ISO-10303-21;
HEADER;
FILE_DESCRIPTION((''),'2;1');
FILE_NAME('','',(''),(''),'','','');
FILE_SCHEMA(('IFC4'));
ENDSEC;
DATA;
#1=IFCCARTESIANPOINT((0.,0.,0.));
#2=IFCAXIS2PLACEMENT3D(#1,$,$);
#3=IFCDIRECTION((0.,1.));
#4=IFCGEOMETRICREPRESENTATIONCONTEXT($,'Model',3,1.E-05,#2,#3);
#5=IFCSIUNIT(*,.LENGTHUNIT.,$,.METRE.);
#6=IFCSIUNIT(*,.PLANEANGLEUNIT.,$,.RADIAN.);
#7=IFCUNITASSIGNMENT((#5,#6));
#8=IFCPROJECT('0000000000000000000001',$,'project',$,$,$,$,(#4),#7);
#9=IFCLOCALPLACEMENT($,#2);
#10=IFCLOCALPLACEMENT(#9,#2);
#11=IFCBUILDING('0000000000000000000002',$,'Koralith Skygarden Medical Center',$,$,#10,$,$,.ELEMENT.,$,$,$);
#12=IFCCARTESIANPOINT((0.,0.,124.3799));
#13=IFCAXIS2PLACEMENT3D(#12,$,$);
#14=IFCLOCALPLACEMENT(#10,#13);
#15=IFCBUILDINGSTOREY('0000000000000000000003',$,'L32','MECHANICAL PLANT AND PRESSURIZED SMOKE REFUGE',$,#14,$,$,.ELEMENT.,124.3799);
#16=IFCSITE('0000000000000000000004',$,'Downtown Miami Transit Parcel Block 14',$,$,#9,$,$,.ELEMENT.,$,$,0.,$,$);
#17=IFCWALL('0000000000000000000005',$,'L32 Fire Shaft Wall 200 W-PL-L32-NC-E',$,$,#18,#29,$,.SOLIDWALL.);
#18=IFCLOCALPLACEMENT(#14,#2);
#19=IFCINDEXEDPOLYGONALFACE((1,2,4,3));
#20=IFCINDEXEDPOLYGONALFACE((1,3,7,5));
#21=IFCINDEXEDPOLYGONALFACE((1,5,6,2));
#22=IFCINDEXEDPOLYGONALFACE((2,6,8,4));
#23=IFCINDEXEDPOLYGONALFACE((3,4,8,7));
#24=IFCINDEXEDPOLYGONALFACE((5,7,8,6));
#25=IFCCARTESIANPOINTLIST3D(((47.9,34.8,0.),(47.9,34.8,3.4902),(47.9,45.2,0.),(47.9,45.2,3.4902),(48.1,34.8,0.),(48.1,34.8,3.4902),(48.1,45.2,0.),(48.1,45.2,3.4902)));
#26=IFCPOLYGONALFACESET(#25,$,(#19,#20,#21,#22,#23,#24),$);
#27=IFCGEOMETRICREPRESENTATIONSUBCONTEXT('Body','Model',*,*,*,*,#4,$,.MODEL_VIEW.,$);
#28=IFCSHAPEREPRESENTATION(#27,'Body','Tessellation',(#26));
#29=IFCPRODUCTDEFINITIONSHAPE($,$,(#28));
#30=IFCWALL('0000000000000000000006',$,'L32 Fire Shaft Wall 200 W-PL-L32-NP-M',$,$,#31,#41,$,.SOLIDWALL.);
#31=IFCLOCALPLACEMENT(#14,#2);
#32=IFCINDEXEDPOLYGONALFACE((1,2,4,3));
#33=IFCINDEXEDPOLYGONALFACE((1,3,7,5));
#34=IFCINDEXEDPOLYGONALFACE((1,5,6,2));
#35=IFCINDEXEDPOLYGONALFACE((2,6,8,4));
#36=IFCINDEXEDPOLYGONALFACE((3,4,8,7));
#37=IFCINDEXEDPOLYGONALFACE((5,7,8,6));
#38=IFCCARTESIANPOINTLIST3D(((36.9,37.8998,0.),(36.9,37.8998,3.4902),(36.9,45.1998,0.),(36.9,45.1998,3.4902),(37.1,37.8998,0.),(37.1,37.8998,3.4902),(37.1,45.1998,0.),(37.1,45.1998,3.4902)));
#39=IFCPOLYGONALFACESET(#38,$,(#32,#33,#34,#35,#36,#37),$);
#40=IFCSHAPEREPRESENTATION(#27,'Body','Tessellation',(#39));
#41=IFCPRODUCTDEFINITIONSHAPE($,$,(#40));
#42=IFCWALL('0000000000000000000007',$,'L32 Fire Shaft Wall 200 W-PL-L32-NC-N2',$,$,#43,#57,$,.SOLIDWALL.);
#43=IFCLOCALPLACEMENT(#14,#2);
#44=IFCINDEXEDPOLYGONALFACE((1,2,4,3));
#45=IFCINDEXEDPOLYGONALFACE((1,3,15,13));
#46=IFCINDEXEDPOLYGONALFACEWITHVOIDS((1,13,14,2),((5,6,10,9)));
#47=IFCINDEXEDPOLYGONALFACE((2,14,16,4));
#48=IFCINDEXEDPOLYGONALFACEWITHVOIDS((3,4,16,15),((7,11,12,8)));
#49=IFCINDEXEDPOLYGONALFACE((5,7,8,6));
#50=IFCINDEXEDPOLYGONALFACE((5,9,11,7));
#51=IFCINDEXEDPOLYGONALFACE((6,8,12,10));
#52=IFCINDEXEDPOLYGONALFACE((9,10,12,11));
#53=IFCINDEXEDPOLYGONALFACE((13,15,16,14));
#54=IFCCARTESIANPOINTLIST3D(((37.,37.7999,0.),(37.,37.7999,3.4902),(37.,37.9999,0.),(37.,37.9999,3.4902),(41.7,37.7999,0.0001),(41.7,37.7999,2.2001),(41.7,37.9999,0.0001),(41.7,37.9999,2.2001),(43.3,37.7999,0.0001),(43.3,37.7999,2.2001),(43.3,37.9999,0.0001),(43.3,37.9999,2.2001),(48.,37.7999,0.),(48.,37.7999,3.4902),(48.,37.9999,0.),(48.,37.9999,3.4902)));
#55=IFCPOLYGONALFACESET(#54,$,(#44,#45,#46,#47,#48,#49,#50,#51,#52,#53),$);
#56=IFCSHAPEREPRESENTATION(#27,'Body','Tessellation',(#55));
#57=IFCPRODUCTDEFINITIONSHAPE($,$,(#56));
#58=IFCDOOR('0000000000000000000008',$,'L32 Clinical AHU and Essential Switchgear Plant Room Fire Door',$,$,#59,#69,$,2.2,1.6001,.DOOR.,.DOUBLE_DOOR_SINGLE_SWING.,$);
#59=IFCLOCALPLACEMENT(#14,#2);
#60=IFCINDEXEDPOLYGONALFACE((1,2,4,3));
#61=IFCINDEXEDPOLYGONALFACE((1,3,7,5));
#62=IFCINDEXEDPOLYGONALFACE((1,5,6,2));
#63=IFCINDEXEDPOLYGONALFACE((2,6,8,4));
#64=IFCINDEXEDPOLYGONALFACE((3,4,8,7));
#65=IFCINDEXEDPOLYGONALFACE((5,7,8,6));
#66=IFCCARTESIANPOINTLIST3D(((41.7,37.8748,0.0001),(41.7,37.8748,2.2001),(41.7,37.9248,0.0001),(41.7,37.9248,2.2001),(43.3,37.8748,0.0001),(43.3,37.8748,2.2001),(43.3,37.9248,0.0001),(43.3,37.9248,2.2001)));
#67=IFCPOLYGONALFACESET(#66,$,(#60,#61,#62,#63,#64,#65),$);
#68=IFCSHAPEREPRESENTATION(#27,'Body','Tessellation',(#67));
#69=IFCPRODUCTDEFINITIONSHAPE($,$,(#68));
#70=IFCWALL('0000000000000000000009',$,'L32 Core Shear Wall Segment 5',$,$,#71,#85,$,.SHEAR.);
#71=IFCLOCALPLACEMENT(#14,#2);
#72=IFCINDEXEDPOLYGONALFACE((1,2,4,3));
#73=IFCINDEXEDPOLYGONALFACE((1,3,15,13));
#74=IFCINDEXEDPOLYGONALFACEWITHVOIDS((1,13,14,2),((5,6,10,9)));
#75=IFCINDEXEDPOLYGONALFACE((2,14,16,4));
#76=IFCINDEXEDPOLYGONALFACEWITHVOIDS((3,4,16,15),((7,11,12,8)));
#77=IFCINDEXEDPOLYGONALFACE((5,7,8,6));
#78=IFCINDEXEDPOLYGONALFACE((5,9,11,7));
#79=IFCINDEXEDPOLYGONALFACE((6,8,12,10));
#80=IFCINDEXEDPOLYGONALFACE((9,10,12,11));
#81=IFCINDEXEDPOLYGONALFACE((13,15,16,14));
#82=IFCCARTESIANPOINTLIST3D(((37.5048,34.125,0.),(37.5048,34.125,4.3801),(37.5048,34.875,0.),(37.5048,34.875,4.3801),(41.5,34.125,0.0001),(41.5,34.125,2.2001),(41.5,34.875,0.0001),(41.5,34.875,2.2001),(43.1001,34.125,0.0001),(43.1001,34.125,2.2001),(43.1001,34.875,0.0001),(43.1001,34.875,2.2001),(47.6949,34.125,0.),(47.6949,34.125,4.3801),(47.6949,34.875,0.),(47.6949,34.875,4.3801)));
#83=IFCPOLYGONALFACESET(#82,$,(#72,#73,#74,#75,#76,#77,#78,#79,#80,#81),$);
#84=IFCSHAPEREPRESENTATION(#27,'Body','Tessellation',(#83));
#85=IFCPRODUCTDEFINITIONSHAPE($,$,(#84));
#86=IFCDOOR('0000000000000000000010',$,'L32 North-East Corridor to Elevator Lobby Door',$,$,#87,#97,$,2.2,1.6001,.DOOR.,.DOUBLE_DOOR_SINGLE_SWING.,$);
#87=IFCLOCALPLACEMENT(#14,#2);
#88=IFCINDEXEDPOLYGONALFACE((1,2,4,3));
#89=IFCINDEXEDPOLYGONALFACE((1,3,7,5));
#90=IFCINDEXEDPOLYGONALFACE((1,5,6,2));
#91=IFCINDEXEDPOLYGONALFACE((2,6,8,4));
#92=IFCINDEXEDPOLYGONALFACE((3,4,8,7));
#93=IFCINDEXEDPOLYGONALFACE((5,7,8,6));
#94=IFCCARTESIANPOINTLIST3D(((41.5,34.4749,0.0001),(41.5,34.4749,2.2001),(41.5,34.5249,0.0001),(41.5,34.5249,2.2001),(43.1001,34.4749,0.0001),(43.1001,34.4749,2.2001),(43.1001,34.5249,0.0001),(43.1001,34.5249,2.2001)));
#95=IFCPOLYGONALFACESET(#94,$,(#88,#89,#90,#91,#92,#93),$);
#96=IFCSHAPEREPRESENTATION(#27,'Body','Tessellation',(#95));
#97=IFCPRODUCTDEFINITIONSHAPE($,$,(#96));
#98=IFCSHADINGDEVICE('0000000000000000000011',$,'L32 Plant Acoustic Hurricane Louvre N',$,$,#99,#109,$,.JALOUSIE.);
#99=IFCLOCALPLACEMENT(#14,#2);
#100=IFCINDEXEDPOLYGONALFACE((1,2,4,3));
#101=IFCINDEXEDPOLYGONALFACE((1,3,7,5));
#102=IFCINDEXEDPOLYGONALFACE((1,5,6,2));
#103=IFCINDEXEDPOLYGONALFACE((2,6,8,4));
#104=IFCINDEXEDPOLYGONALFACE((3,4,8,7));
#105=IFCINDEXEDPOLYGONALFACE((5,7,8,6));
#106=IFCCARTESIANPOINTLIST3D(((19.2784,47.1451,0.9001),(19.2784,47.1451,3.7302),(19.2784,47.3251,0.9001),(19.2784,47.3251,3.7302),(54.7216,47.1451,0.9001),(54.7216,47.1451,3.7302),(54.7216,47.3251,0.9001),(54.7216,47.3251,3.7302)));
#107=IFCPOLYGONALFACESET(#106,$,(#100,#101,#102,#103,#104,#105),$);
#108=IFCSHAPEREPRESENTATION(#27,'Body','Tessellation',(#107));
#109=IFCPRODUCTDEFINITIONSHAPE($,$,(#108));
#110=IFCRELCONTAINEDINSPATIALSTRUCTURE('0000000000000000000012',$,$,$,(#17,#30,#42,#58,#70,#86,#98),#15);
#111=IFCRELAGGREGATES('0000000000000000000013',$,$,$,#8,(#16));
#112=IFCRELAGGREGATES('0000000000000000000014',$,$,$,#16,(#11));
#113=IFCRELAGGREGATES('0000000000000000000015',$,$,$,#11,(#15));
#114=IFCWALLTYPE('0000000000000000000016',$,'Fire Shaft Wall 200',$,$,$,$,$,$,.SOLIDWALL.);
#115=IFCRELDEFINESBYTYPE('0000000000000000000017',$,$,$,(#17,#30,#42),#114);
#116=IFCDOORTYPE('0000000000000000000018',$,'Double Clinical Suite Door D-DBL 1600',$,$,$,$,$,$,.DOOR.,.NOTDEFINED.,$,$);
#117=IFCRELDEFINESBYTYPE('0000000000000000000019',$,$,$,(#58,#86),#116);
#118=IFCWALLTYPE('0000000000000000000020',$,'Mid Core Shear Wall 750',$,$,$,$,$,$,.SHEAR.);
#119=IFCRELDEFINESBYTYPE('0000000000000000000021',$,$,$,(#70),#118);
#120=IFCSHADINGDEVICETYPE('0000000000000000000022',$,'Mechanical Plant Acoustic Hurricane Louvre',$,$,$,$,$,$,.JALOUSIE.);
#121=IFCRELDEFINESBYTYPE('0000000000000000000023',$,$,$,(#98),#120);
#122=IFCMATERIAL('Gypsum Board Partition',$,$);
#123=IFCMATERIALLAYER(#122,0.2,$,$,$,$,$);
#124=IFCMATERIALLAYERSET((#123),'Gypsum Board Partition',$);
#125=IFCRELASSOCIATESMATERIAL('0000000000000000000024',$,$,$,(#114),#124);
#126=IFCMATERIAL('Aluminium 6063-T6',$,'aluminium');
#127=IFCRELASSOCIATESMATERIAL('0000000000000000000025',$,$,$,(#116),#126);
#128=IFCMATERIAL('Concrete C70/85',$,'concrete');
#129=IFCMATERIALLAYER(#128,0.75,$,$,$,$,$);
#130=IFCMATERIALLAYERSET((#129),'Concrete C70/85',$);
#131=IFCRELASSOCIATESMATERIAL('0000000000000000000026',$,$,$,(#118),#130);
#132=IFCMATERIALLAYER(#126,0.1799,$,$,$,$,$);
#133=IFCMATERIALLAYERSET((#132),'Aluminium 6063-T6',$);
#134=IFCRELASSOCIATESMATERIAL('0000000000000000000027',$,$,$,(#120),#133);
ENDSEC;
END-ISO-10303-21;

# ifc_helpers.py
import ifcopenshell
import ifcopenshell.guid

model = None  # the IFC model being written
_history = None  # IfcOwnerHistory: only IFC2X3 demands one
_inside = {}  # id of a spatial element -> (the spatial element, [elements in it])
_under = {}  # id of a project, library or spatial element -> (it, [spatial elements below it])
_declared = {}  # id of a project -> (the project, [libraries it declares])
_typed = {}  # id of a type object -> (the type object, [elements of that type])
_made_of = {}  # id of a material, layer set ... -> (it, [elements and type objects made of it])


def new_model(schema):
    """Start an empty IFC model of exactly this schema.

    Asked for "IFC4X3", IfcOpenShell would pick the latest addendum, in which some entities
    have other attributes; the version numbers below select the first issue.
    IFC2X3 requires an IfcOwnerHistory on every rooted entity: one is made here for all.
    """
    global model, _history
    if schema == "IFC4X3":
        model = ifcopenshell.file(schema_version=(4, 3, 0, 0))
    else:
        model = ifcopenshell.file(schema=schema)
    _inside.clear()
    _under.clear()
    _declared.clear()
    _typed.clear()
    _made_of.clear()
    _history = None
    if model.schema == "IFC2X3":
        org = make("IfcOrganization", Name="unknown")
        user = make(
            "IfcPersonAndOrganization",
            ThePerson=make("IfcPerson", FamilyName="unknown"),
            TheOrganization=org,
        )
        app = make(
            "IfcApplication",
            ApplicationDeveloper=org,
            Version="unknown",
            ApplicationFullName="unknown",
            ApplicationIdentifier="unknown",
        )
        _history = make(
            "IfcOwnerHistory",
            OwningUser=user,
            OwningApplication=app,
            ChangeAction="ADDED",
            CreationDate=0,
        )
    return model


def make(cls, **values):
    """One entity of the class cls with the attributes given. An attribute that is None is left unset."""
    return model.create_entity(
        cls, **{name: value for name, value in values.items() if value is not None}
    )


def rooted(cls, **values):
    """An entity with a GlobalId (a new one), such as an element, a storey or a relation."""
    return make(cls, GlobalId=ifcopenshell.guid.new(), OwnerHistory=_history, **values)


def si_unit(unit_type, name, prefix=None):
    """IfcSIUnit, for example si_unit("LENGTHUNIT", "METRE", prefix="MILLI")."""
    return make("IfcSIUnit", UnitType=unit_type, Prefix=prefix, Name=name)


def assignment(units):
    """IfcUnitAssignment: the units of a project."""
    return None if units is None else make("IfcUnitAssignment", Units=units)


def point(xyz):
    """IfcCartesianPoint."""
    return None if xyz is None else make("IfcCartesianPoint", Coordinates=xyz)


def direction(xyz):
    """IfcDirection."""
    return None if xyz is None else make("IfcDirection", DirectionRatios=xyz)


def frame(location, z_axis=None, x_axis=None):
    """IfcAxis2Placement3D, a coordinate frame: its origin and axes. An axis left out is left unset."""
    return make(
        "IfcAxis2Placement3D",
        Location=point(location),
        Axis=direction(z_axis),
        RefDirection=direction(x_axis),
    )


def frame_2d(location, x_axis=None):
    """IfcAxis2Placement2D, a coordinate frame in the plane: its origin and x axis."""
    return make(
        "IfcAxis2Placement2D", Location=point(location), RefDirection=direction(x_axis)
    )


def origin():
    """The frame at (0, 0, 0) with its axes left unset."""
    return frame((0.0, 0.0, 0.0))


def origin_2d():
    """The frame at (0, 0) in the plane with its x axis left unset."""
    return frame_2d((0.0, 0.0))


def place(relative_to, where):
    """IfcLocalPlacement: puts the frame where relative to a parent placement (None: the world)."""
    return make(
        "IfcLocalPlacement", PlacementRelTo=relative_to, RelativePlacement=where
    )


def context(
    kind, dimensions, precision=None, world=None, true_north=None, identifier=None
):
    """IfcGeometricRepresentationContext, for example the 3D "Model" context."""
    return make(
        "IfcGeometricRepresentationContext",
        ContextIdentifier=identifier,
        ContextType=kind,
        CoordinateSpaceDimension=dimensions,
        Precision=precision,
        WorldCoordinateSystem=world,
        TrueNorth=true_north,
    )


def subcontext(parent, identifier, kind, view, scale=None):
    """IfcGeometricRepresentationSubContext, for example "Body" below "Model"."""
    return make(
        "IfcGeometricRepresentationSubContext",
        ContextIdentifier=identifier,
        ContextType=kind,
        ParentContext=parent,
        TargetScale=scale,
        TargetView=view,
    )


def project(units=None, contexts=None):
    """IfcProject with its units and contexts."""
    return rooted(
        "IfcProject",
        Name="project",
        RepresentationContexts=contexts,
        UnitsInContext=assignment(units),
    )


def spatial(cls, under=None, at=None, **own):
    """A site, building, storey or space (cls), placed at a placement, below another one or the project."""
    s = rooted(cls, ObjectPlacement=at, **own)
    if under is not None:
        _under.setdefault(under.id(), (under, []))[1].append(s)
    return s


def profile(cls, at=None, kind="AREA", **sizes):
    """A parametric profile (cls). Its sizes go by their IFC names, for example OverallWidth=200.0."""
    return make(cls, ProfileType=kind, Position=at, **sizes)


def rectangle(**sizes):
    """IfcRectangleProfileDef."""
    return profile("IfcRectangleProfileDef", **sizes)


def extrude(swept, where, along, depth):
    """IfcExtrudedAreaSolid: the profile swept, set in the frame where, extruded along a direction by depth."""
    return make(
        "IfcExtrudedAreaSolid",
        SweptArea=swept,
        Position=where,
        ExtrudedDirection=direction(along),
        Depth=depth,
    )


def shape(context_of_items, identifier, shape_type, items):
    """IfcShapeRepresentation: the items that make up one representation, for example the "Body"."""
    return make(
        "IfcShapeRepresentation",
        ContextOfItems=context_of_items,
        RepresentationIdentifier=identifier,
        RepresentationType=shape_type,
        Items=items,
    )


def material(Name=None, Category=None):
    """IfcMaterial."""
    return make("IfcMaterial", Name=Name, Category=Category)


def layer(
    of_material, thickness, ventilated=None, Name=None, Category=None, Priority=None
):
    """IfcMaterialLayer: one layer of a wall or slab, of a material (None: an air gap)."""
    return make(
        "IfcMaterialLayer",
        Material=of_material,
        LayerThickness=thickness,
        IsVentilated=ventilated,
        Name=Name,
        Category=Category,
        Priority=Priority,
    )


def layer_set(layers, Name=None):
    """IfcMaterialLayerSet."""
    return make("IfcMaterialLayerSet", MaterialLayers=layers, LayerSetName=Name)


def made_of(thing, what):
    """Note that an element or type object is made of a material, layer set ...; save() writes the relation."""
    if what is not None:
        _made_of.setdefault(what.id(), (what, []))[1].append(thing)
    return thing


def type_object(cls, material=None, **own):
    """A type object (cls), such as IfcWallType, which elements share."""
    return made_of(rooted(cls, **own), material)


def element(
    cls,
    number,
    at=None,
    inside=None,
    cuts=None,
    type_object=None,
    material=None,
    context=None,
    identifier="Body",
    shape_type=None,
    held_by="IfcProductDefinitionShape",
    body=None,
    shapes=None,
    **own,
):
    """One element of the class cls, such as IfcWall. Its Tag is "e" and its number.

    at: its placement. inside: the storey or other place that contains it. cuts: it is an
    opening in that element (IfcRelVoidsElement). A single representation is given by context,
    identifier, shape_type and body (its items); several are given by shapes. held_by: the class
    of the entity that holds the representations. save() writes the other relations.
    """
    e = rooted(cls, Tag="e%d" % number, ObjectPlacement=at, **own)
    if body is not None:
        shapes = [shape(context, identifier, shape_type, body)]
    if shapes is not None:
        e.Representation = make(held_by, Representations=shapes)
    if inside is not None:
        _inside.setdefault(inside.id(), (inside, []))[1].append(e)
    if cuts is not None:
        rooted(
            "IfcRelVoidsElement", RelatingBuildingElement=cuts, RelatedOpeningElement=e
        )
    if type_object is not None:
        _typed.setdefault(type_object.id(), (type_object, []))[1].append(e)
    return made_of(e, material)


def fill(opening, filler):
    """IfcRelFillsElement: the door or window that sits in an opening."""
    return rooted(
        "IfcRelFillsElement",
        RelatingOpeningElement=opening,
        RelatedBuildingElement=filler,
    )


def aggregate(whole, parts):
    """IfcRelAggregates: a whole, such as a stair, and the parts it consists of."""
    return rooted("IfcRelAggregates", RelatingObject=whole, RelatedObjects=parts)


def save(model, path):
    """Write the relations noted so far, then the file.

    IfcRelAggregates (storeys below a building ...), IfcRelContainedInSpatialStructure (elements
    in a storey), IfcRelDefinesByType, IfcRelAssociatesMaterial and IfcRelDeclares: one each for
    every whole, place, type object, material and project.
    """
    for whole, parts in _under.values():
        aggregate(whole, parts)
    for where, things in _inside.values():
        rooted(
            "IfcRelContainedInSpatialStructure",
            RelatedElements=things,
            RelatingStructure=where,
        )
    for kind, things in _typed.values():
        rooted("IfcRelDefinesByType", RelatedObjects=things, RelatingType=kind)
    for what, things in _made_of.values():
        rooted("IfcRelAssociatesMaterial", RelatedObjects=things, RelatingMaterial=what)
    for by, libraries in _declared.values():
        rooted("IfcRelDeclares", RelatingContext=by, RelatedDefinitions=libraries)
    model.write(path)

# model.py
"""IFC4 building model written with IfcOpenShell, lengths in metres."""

from ifc_helpers import new_model, si_unit, direction, frame, frame_2d, origin, origin_2d, place, context, subcontext, project, spatial, rectangle, extrude, material, layer, layer_set, type_object, element, fill, save


model = new_model("IFC4")

# Units and contexts
model_context = context("Model", 3, precision=1e-05, world=origin(), true_north=direction((0.0, 1.0)))
body_context = subcontext(model_context, "Body", "Model", "MODEL_VIEW")
ifc_project = project(units=[si_unit("LENGTHUNIT", "METRE"), si_unit("PLANEANGLEUNIT", "RADIAN")], contexts=[model_context])

# Site, building, storey
site_placement = place(None, origin())
site = spatial("IfcSite", under=ifc_project, at=site_placement, Name="Downtown Miami Transit Parcel Block 14", CompositionType="ELEMENT", RefElevation=0.0)
building_placement = place(site_placement, origin())
building = spatial("IfcBuilding", under=site, at=building_placement, Name="Koralith Skygarden Medical Center", CompositionType="ELEMENT")
storey_placement = place(building_placement, frame((0.0, 0.0, 124.3799)))
storey = spatial("IfcBuildingStorey", under=building, at=storey_placement, Name="L32", Description="MECHANICAL PLANT AND PRESSURIZED SMOKE REFUGE", CompositionType="ELEMENT", Elevation=124.3799)

# Shared definitions
ifc_material_1 = material(Name="Concrete C70/85", Category="concrete")

# Walls
ifc_material_2 = material(Name="Gypsum Board Partition")
ifc_layer_1 = layer(ifc_material_2, 0.2)
ifc_layer_set_1 = layer_set([ifc_layer_1], Name="Gypsum Board Partition")
wall_type_1 = type_object("IfcWallType", Name="Fire Shaft Wall 200", PredefinedType="SOLIDWALL", material=ifc_layer_set_1)
wall_1_placement = place(storey_placement, frame((48.0, 34.8, 0.0), z_axis=(0.0, 0.0, 1.0), x_axis=(0.0, 1.0, 0.0)))
element("IfcWall", 1, at=wall_1_placement, inside=storey, type_object=wall_type_1, Name="L32 Fire Shaft Wall 200 W-PL-L32-NC-E", PredefinedType="SOLIDWALL", context=body_context, shape_type="SweptSolid", body=[
    extrude(rectangle(XDim=10.3999, YDim=0.2, at=frame_2d((5.2, 0.0))), origin(), (0.0, 0.0, 1.0), 3.4902),
])
wall_2_placement = place(storey_placement, frame((37.0, 37.8999, 0.0), z_axis=(0.0, 0.0, 1.0), x_axis=(0.0, 1.0, 0.0)))
element("IfcWall", 2, at=wall_2_placement, inside=storey, type_object=wall_type_1, Name="L32 Fire Shaft Wall 200 W-PL-L32-NP-M", PredefinedType="SOLIDWALL", context=body_context, shape_type="SweptSolid", body=[
    extrude(rectangle(XDim=7.3, YDim=0.2, at=frame_2d((3.6499, 0.0))), origin(), (0.0, 0.0, 1.0), 3.4902),
])

# Walls, openings, doors
wall_3_placement = place(storey_placement, frame((37.0, 37.8999, 0.0), z_axis=(0.0, 0.0, 1.0), x_axis=(1.0, 0.0, 0.0)))
wall_3 = element("IfcWall", 3, at=wall_3_placement, inside=storey, type_object=wall_type_1, Name="L32 Fire Shaft Wall 200 W-PL-L32-NC-N2", PredefinedType="SOLIDWALL", context=body_context, shape_type="SweptSolid", body=[
    extrude(rectangle(XDim=11.0, YDim=0.2, at=frame_2d((5.5, 0.0))), origin(), (0.0, 0.0, 1.0), 3.4902),
])
opening_1_placement = place(wall_3_placement, frame((4.7, 0.0, 0.0)))
opening_1 = element("IfcOpeningElement", 4, at=opening_1_placement, cuts=wall_3, PredefinedType="OPENING", context=body_context, shape_type="SweptSolid", body=[
    extrude(rectangle(XDim=1.6001, YDim=2.2, at=frame_2d((0.8, 1.1001))), frame((0.0, 0.1099, 0.0), z_axis=(0.0, -1.0, 0.0), x_axis=(1.0, 0.0, 0.0)), (0.0, 0.0, 1.0), 0.22),
])
ifc_material_3 = material(Name="Aluminium 6063-T6", Category="aluminium")
door_type_1 = type_object("IfcDoorType", Name="Double Clinical Suite Door D-DBL 1600", OperationType="NOTDEFINED", PredefinedType="DOOR", material=ifc_material_3)
door_1_placement = place(opening_1_placement, origin())
door_1 = element("IfcDoor", 5, at=door_1_placement, inside=storey, type_object=door_type_1, Name="L32 Clinical AHU and Essential Switchgear Plant Room Fire Door", OperationType="DOUBLE_DOOR_SINGLE_SWING", OverallHeight=2.2, OverallWidth=1.6001, PredefinedType="DOOR", context=body_context, shape_type="SweptSolid", body=[
    extrude(rectangle(XDim=1.6001, YDim=2.2, at=frame_2d((0.8, 1.1001))), frame((0.0, 0.0249, 0.0), z_axis=(0.0, -1.0, 0.0), x_axis=(1.0, 0.0, 0.0)), (0.0, 0.0, 1.0), 0.05),
])
fill(opening_1, door_1)
ifc_layer_2 = layer(ifc_material_1, 0.75)
ifc_layer_set_2 = layer_set([ifc_layer_2], Name="Concrete C70/85")
wall_type_2 = type_object("IfcWallType", Name="Mid Core Shear Wall 750", PredefinedType="SHEAR", material=ifc_layer_set_2)
wall_4_placement = place(storey_placement, frame((47.6951, 34.5, 0.0), z_axis=(0.0, 0.0, 1.0), x_axis=(-1.0, 0.0, 0.0)))
wall_4 = element("IfcWall", 6, at=wall_4_placement, inside=storey, type_object=wall_type_2, Name="L32 Core Shear Wall Segment 5", PredefinedType="SHEAR", context=body_context, shape_type="SweptSolid", body=[
    extrude(rectangle(XDim=10.1902, YDim=0.75, at=frame_2d((5.0952, 0.0))), origin(), (0.0, 0.0, 1.0), 4.3801),
])
opening_2_placement = place(wall_4_placement, frame((4.595, 0.0, 0.0)))
opening_2 = element("IfcOpeningElement", 7, at=opening_2_placement, cuts=wall_4, PredefinedType="OPENING", context=body_context, shape_type="SweptSolid", body=[
    extrude(rectangle(XDim=1.6001, YDim=2.2, at=frame_2d((0.8, 1.1001))), frame((0.0, 0.385, 0.0), z_axis=(0.0, -1.0, 0.0), x_axis=(1.0, 0.0, 0.0)), (0.0, 0.0, 1.0), 0.77),
])
door_2_placement = place(opening_2_placement, frame((1.6001, 0.0, 0.0), z_axis=(0.0, 0.0, 1.0), x_axis=(-1.0, 0.0, 0.0)))
door_2 = element("IfcDoor", 8, at=door_2_placement, inside=storey, type_object=door_type_1, Name="L32 North-East Corridor to Elevator Lobby Door", OperationType="DOUBLE_DOOR_SINGLE_SWING", OverallHeight=2.2, OverallWidth=1.6001, PredefinedType="DOOR", context=body_context, shape_type="SweptSolid", body=[
    extrude(rectangle(XDim=1.6001, YDim=2.2, at=frame_2d((0.8, 1.1001))), frame((0.0, 0.0249, 0.0), z_axis=(0.0, -1.0, 0.0), x_axis=(1.0, 0.0, 0.0)), (0.0, 0.0, 1.0), 0.05),
])
fill(opening_2, door_2)

# Shading device
ifc_layer_3 = layer(ifc_material_3, 0.1799)
ifc_layer_set_3 = layer_set([ifc_layer_3], Name="Aluminium 6063-T6")
shading_device_type = type_object("IfcShadingDeviceType", Name="Mechanical Plant Acoustic Hurricane Louvre", PredefinedType="JALOUSIE", material=ifc_layer_set_3)
shading_device_placement = place(storey_placement, frame((37.0, 47.2351, 0.9001), z_axis=(0.0, 0.0, 1.0), x_axis=(-1.0, 0.0, 0.0)))
element("IfcShadingDevice", 9, at=shading_device_placement, inside=storey, type_object=shading_device_type, Name="L32 Plant Acoustic Hurricane Louvre N", PredefinedType="JALOUSIE", context=body_context, shape_type="SweptSolid", body=[
    extrude(rectangle(XDim=35.4431, YDim=0.1799, at=origin_2d()), origin(), (0.0, 0.0, 1.0), 2.8301),
])

save(model, "model.ifc")
